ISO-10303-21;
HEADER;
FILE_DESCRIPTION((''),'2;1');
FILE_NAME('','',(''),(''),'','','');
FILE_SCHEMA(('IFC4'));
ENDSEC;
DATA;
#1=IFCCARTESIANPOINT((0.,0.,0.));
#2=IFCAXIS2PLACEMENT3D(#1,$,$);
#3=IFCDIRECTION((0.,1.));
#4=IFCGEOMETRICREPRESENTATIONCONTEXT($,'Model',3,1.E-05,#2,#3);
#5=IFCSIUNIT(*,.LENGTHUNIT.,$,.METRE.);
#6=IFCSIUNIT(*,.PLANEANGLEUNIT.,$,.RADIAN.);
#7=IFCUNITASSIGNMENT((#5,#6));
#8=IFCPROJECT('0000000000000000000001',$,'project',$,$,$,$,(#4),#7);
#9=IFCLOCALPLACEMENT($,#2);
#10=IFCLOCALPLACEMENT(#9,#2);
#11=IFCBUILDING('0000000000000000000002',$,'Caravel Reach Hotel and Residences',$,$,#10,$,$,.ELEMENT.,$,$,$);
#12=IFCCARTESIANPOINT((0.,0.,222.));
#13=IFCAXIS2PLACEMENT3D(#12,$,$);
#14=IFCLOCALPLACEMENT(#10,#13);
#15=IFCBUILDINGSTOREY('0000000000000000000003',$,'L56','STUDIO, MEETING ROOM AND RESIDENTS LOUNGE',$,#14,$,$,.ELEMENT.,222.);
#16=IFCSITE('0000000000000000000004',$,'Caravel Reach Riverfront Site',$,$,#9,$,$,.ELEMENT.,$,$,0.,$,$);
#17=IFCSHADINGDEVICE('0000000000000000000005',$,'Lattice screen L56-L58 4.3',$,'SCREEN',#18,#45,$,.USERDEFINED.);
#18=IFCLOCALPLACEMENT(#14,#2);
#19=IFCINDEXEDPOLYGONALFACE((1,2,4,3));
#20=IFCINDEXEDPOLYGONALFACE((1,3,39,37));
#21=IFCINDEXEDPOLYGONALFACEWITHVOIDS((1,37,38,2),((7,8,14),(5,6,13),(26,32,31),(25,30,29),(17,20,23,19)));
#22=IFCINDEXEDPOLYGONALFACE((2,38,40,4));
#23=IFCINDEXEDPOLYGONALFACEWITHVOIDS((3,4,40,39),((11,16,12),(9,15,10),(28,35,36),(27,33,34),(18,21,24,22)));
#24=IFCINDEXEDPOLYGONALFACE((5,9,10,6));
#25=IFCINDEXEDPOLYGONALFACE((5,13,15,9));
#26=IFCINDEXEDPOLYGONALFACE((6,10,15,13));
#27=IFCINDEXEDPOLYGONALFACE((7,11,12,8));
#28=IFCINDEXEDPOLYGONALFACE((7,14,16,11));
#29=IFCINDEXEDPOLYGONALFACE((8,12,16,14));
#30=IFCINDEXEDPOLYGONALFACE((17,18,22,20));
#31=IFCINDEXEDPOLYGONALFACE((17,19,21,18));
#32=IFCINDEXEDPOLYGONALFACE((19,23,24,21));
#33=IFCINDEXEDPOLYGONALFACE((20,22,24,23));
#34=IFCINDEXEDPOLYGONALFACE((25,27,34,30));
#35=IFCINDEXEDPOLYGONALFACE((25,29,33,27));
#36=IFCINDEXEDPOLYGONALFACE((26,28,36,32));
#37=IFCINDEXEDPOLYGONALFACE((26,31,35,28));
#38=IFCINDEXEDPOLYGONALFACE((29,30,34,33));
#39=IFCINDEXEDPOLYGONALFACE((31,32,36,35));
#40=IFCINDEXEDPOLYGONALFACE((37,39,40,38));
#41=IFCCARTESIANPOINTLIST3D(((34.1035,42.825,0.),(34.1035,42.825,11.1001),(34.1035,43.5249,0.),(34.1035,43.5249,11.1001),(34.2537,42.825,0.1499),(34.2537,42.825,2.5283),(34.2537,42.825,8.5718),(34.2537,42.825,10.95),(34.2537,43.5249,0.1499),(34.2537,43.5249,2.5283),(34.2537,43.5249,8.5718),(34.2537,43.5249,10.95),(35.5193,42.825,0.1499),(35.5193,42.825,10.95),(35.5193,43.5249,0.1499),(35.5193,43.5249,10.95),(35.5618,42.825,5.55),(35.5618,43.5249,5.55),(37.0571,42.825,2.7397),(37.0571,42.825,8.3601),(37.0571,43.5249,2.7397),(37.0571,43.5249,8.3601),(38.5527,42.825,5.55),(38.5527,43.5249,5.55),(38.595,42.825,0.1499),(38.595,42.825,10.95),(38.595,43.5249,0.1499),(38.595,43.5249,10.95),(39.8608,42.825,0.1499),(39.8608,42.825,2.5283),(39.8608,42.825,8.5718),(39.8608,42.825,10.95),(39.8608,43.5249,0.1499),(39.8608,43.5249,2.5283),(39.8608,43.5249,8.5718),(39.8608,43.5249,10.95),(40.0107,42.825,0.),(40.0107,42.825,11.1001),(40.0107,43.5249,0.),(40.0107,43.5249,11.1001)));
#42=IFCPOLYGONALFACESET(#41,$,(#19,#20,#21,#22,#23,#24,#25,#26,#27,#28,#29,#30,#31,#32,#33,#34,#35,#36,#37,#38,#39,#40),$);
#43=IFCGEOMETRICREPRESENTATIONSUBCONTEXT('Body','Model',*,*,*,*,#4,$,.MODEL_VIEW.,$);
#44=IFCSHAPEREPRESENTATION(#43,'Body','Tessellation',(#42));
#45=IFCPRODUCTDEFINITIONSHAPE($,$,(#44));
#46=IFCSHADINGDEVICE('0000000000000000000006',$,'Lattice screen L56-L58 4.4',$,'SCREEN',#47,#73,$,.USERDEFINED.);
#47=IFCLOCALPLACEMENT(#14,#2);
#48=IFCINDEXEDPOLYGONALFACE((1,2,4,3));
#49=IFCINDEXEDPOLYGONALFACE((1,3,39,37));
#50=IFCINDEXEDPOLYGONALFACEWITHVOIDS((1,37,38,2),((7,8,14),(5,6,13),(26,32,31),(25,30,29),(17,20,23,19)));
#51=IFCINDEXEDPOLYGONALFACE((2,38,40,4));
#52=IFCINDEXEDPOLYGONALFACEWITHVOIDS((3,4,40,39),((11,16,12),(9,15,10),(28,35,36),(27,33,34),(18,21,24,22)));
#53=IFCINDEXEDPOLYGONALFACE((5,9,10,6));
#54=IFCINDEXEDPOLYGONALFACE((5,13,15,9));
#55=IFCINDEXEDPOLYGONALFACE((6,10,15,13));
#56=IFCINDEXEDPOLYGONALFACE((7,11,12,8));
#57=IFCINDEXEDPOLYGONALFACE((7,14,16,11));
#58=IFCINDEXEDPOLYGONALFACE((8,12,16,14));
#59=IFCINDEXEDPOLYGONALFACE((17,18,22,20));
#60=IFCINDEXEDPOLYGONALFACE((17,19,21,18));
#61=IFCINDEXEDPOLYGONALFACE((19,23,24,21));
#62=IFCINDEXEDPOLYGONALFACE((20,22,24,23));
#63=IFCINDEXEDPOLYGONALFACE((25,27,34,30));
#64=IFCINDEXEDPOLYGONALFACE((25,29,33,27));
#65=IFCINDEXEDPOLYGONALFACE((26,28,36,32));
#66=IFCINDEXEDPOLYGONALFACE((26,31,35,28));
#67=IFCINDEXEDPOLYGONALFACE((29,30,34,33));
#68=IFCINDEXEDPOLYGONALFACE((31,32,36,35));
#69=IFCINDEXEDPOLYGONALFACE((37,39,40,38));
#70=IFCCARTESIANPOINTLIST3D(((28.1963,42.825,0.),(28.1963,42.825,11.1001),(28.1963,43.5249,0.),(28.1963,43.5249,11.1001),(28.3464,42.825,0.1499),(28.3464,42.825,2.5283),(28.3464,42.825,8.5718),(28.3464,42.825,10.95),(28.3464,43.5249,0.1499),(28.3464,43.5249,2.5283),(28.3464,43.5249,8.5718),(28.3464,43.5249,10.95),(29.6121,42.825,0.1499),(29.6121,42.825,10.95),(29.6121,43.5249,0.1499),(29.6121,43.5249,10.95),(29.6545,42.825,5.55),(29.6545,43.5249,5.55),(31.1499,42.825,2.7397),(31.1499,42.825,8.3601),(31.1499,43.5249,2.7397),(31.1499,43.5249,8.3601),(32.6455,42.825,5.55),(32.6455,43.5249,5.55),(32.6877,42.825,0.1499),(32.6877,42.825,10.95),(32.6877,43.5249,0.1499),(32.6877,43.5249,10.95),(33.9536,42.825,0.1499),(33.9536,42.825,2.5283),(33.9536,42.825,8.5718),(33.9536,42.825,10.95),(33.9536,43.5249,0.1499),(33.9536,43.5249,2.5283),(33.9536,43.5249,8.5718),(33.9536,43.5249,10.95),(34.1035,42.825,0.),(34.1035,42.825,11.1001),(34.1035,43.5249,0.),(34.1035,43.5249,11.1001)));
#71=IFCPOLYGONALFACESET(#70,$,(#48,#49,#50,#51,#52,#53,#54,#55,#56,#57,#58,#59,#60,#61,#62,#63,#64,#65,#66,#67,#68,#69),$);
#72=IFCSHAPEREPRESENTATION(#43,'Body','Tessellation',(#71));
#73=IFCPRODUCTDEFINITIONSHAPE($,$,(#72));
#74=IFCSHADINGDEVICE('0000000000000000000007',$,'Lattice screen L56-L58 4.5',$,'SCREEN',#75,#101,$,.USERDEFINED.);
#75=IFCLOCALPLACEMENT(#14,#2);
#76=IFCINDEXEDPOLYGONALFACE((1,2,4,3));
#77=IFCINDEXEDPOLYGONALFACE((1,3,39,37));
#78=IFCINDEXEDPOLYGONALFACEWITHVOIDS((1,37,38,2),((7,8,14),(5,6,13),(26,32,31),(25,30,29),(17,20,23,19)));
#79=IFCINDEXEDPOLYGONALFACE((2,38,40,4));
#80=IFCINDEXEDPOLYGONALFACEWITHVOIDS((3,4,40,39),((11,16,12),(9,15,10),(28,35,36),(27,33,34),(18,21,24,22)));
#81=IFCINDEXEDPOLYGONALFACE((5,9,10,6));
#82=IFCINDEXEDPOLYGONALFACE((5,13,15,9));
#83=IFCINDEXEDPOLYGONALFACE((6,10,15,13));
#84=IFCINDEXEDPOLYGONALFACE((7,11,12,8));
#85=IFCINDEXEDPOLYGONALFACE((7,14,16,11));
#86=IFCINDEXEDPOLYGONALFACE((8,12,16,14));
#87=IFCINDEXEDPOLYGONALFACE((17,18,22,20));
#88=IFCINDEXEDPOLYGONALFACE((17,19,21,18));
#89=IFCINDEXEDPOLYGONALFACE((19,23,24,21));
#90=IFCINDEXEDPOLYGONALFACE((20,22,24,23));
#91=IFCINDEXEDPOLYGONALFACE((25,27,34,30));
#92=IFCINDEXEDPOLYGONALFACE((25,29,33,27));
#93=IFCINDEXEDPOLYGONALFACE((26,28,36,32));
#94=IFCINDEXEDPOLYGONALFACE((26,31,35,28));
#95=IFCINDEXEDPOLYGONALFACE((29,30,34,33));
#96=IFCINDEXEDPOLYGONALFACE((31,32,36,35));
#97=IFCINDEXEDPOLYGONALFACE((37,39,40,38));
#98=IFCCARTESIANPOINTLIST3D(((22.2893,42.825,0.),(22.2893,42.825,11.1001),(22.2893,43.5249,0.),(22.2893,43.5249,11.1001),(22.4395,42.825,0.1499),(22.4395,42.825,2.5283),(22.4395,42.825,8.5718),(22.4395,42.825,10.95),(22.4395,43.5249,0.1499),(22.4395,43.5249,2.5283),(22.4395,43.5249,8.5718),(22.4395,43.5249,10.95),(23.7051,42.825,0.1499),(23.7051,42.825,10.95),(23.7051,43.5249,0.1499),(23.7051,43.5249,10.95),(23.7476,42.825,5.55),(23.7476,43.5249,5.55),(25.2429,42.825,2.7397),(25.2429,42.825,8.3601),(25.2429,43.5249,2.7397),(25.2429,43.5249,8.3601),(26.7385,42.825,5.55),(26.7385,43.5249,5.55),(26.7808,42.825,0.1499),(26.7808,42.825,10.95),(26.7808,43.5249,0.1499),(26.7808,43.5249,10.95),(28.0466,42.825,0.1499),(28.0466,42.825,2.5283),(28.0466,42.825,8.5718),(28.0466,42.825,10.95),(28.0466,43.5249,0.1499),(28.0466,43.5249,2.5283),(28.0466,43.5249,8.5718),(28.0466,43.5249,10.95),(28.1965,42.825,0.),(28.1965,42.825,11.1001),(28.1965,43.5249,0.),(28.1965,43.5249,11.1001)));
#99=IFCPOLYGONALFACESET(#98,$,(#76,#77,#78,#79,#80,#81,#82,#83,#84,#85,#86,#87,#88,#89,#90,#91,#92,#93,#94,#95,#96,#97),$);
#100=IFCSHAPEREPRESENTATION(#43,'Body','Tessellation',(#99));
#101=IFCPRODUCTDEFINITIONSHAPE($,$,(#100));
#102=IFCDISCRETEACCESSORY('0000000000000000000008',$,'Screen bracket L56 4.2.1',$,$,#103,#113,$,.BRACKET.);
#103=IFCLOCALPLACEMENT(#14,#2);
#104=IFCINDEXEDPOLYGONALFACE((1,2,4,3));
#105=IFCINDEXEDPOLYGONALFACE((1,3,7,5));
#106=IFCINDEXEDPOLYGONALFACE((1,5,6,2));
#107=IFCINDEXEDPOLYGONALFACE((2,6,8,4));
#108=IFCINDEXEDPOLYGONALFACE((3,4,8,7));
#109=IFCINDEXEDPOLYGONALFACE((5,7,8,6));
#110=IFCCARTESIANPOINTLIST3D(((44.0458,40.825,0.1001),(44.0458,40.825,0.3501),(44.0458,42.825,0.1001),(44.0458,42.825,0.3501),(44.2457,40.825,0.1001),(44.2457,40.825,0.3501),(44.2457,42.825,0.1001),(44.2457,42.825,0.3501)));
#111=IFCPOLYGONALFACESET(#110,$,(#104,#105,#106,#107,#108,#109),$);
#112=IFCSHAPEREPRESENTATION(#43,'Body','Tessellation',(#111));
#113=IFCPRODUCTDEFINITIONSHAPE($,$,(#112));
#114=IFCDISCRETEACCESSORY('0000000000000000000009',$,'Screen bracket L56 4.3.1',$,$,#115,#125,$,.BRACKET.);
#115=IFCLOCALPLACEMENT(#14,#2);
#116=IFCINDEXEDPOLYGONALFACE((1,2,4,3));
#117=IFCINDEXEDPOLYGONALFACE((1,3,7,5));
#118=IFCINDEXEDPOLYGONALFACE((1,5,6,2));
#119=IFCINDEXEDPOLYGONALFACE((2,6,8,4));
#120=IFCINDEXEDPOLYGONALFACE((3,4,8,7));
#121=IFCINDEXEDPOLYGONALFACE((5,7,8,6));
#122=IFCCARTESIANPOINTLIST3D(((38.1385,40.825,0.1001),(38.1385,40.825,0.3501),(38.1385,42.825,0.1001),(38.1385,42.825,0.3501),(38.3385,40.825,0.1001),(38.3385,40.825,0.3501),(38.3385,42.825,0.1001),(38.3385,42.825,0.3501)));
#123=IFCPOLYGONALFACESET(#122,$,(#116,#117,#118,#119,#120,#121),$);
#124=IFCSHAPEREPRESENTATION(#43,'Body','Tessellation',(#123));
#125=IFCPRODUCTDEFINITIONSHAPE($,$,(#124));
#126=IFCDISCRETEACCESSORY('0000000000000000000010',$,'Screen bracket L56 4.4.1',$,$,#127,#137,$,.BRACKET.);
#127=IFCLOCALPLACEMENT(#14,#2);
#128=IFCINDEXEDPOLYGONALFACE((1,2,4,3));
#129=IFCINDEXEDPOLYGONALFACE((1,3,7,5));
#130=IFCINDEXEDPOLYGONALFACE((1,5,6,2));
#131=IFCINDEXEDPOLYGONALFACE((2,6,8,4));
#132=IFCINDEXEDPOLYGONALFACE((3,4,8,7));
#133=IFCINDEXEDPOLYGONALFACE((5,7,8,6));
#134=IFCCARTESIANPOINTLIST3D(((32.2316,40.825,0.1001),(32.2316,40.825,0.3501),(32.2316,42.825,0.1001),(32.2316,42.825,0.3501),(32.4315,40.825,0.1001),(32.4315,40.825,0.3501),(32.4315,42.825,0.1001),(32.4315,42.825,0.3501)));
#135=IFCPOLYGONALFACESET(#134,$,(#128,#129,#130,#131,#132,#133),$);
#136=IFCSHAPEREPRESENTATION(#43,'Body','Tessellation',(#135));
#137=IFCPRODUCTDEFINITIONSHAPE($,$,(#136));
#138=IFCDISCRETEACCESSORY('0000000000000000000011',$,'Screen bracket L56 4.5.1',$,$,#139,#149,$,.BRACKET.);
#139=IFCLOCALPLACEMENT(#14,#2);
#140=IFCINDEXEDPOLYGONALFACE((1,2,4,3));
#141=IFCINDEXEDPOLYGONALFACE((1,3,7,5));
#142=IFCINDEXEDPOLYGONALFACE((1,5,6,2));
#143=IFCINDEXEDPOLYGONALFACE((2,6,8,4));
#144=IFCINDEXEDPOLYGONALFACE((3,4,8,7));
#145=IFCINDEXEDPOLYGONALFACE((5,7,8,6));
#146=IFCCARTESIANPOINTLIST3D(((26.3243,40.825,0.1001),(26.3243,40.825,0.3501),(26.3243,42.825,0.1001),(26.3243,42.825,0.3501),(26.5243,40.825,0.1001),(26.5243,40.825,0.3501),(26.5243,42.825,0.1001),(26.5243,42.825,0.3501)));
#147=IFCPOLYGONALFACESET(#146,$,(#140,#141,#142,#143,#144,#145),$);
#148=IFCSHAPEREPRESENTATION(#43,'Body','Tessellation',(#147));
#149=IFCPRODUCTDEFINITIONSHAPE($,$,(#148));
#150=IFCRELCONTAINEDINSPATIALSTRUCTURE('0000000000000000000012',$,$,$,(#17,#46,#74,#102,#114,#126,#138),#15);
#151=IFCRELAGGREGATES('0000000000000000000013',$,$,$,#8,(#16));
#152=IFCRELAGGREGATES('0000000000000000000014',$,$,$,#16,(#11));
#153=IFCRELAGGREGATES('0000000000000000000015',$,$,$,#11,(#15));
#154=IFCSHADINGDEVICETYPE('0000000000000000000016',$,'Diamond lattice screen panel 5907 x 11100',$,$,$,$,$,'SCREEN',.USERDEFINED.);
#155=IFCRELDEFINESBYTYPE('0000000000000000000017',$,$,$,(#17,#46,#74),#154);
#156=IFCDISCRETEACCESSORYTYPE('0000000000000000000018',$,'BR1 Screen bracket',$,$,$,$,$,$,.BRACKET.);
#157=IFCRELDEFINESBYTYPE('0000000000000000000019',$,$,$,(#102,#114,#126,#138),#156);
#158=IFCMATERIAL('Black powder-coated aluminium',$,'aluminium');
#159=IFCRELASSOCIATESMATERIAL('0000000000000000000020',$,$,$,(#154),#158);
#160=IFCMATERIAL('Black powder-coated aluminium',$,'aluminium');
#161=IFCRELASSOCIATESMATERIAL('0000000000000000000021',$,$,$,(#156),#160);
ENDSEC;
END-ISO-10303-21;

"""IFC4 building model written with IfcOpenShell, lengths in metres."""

from ifc_helpers import new_model, si_unit, direction, frame, origin, origin_2d, place, context, subcontext, project, spatial, polyline, rectangle, outline, extrude, material, type_object, element, save


model = new_model("IFC4")

# Units and contexts
model_context = context("Model", 3, precision=1e-05, world=origin(), true_north=direction((0.0, 1.0)))
body_context = subcontext(model_context, "Body", "Model", "MODEL_VIEW")
ifc_project = project(units=[si_unit("LENGTHUNIT", "METRE"), si_unit("PLANEANGLEUNIT", "RADIAN")], contexts=[model_context])

# Site, building, storey
site_placement = place(None, origin())
site = spatial("IfcSite", under=ifc_project, at=site_placement, Name="Caravel Reach Riverfront Site", CompositionType="ELEMENT", RefElevation=0.0)
building_placement = place(site_placement, origin())
building = spatial("IfcBuilding", under=site, at=building_placement, Name="Caravel Reach Hotel and Residences", CompositionType="ELEMENT")
storey_placement = place(building_placement, frame((0.0, 0.0, 222.0)))
storey = spatial("IfcBuildingStorey", under=building, at=storey_placement, Name="L56", Description="STUDIO, MEETING ROOM AND RESIDENTS LOUNGE", CompositionType="ELEMENT", Elevation=222.0)

# Shading devices
ifc_material_1 = material(Name="Black powder-coated aluminium", Category="aluminium")
shading_device_type = type_object("IfcShadingDeviceType", Name="Diamond lattice screen panel 5907 x 11100", ElementType="SCREEN", PredefinedType="USERDEFINED", material=ifc_material_1)
for number, where, z_axis, x_axis, name in (
    (1, (40.0107, 42.825, 0.0), (0.0, 1.0, 0.0), (-1.0, 0.0, 0.0), "Lattice screen L56-L58 4.3"),
    (2, (34.1035, 42.825, 0.0), (0.0, 1.0, 0.0), (-1.0, 0.0, 0.0), "Lattice screen L56-L58 4.4"),
    (3, (28.1965, 42.825, 0.0), (0.0, 1.0, 0.0), (-1.0, 0.0, 0.0), "Lattice screen L56-L58 4.5"),
):
    element("IfcShadingDevice", number, at=place(storey_placement, frame(where, z_axis=z_axis, x_axis=x_axis)), inside=storey, type_object=shading_device_type, Name=name, ObjectType="SCREEN", PredefinedType="USERDEFINED", context=body_context, shape_type="SweptSolid", body=[
        extrude(outline(polyline([(0.0, 0.0), (5.9072, 0.0), (5.9072, 11.1001), (0.0, 11.1001), (0.0, 0.0)]), holes=[polyline([(1.4158, 0.1499), (0.1499, 2.5283), (0.1499, 0.1499), (1.4158, 0.1499)]), polyline([(0.1499, 8.5718), (1.4158, 10.95), (0.1499, 10.95), (0.1499, 8.5718)]), polyline([(2.9536, 8.3601), (1.458, 5.55), (2.9536, 2.7397), (4.449, 5.55), (2.9536, 8.3601)]), polyline([(5.7571, 2.5283), (4.4915, 0.1499), (5.7571, 0.1499), (5.7571, 2.5283)]), polyline([(4.4915, 10.95), (5.7571, 8.5718), (5.7571, 10.95), (4.4915, 10.95)])]), origin(), (0.0, 0.0, 1.0), 0.7),
    ])

# Discrete accessories
ifc_material_2 = material(Name="Black powder-coated aluminium", Category="aluminium")
discrete_accessory_type = type_object("IfcDiscreteAccessoryType", Name="BR1 Screen bracket", PredefinedType="BRACKET", material=ifc_material_2)
for number, where, z_axis, x_axis, name in (
    (4, (44.1458, 41.825, 0.1001), (0.0, 0.0, 1.0), (0.0, 1.0, 0.0), "Screen bracket L56 4.2.1"),
    (5, (38.2385, 41.825, 0.1001), (0.0, 0.0, 1.0), (0.0, 1.0, 0.0), "Screen bracket L56 4.3.1"),
    (6, (32.3315, 41.825, 0.1001), (0.0, 0.0, 1.0), (0.0, 1.0, 0.0), "Screen bracket L56 4.4.1"),
    (7, (26.4243, 41.825, 0.1001), (0.0, 0.0, 1.0), (0.0, 1.0, 0.0), "Screen bracket L56 4.5.1"),
):
    element("IfcDiscreteAccessory", number, at=place(storey_placement, frame(where, z_axis=z_axis, x_axis=x_axis)), inside=storey, type_object=discrete_accessory_type, Name=name, PredefinedType="BRACKET", context=body_context, shape_type="SweptSolid", body=[
        extrude(rectangle(XDim=2.0, YDim=0.2, at=origin_2d()), origin(), (0.0, 0.0, 1.0), 0.25),
    ])

save(model, "model.ifc")
